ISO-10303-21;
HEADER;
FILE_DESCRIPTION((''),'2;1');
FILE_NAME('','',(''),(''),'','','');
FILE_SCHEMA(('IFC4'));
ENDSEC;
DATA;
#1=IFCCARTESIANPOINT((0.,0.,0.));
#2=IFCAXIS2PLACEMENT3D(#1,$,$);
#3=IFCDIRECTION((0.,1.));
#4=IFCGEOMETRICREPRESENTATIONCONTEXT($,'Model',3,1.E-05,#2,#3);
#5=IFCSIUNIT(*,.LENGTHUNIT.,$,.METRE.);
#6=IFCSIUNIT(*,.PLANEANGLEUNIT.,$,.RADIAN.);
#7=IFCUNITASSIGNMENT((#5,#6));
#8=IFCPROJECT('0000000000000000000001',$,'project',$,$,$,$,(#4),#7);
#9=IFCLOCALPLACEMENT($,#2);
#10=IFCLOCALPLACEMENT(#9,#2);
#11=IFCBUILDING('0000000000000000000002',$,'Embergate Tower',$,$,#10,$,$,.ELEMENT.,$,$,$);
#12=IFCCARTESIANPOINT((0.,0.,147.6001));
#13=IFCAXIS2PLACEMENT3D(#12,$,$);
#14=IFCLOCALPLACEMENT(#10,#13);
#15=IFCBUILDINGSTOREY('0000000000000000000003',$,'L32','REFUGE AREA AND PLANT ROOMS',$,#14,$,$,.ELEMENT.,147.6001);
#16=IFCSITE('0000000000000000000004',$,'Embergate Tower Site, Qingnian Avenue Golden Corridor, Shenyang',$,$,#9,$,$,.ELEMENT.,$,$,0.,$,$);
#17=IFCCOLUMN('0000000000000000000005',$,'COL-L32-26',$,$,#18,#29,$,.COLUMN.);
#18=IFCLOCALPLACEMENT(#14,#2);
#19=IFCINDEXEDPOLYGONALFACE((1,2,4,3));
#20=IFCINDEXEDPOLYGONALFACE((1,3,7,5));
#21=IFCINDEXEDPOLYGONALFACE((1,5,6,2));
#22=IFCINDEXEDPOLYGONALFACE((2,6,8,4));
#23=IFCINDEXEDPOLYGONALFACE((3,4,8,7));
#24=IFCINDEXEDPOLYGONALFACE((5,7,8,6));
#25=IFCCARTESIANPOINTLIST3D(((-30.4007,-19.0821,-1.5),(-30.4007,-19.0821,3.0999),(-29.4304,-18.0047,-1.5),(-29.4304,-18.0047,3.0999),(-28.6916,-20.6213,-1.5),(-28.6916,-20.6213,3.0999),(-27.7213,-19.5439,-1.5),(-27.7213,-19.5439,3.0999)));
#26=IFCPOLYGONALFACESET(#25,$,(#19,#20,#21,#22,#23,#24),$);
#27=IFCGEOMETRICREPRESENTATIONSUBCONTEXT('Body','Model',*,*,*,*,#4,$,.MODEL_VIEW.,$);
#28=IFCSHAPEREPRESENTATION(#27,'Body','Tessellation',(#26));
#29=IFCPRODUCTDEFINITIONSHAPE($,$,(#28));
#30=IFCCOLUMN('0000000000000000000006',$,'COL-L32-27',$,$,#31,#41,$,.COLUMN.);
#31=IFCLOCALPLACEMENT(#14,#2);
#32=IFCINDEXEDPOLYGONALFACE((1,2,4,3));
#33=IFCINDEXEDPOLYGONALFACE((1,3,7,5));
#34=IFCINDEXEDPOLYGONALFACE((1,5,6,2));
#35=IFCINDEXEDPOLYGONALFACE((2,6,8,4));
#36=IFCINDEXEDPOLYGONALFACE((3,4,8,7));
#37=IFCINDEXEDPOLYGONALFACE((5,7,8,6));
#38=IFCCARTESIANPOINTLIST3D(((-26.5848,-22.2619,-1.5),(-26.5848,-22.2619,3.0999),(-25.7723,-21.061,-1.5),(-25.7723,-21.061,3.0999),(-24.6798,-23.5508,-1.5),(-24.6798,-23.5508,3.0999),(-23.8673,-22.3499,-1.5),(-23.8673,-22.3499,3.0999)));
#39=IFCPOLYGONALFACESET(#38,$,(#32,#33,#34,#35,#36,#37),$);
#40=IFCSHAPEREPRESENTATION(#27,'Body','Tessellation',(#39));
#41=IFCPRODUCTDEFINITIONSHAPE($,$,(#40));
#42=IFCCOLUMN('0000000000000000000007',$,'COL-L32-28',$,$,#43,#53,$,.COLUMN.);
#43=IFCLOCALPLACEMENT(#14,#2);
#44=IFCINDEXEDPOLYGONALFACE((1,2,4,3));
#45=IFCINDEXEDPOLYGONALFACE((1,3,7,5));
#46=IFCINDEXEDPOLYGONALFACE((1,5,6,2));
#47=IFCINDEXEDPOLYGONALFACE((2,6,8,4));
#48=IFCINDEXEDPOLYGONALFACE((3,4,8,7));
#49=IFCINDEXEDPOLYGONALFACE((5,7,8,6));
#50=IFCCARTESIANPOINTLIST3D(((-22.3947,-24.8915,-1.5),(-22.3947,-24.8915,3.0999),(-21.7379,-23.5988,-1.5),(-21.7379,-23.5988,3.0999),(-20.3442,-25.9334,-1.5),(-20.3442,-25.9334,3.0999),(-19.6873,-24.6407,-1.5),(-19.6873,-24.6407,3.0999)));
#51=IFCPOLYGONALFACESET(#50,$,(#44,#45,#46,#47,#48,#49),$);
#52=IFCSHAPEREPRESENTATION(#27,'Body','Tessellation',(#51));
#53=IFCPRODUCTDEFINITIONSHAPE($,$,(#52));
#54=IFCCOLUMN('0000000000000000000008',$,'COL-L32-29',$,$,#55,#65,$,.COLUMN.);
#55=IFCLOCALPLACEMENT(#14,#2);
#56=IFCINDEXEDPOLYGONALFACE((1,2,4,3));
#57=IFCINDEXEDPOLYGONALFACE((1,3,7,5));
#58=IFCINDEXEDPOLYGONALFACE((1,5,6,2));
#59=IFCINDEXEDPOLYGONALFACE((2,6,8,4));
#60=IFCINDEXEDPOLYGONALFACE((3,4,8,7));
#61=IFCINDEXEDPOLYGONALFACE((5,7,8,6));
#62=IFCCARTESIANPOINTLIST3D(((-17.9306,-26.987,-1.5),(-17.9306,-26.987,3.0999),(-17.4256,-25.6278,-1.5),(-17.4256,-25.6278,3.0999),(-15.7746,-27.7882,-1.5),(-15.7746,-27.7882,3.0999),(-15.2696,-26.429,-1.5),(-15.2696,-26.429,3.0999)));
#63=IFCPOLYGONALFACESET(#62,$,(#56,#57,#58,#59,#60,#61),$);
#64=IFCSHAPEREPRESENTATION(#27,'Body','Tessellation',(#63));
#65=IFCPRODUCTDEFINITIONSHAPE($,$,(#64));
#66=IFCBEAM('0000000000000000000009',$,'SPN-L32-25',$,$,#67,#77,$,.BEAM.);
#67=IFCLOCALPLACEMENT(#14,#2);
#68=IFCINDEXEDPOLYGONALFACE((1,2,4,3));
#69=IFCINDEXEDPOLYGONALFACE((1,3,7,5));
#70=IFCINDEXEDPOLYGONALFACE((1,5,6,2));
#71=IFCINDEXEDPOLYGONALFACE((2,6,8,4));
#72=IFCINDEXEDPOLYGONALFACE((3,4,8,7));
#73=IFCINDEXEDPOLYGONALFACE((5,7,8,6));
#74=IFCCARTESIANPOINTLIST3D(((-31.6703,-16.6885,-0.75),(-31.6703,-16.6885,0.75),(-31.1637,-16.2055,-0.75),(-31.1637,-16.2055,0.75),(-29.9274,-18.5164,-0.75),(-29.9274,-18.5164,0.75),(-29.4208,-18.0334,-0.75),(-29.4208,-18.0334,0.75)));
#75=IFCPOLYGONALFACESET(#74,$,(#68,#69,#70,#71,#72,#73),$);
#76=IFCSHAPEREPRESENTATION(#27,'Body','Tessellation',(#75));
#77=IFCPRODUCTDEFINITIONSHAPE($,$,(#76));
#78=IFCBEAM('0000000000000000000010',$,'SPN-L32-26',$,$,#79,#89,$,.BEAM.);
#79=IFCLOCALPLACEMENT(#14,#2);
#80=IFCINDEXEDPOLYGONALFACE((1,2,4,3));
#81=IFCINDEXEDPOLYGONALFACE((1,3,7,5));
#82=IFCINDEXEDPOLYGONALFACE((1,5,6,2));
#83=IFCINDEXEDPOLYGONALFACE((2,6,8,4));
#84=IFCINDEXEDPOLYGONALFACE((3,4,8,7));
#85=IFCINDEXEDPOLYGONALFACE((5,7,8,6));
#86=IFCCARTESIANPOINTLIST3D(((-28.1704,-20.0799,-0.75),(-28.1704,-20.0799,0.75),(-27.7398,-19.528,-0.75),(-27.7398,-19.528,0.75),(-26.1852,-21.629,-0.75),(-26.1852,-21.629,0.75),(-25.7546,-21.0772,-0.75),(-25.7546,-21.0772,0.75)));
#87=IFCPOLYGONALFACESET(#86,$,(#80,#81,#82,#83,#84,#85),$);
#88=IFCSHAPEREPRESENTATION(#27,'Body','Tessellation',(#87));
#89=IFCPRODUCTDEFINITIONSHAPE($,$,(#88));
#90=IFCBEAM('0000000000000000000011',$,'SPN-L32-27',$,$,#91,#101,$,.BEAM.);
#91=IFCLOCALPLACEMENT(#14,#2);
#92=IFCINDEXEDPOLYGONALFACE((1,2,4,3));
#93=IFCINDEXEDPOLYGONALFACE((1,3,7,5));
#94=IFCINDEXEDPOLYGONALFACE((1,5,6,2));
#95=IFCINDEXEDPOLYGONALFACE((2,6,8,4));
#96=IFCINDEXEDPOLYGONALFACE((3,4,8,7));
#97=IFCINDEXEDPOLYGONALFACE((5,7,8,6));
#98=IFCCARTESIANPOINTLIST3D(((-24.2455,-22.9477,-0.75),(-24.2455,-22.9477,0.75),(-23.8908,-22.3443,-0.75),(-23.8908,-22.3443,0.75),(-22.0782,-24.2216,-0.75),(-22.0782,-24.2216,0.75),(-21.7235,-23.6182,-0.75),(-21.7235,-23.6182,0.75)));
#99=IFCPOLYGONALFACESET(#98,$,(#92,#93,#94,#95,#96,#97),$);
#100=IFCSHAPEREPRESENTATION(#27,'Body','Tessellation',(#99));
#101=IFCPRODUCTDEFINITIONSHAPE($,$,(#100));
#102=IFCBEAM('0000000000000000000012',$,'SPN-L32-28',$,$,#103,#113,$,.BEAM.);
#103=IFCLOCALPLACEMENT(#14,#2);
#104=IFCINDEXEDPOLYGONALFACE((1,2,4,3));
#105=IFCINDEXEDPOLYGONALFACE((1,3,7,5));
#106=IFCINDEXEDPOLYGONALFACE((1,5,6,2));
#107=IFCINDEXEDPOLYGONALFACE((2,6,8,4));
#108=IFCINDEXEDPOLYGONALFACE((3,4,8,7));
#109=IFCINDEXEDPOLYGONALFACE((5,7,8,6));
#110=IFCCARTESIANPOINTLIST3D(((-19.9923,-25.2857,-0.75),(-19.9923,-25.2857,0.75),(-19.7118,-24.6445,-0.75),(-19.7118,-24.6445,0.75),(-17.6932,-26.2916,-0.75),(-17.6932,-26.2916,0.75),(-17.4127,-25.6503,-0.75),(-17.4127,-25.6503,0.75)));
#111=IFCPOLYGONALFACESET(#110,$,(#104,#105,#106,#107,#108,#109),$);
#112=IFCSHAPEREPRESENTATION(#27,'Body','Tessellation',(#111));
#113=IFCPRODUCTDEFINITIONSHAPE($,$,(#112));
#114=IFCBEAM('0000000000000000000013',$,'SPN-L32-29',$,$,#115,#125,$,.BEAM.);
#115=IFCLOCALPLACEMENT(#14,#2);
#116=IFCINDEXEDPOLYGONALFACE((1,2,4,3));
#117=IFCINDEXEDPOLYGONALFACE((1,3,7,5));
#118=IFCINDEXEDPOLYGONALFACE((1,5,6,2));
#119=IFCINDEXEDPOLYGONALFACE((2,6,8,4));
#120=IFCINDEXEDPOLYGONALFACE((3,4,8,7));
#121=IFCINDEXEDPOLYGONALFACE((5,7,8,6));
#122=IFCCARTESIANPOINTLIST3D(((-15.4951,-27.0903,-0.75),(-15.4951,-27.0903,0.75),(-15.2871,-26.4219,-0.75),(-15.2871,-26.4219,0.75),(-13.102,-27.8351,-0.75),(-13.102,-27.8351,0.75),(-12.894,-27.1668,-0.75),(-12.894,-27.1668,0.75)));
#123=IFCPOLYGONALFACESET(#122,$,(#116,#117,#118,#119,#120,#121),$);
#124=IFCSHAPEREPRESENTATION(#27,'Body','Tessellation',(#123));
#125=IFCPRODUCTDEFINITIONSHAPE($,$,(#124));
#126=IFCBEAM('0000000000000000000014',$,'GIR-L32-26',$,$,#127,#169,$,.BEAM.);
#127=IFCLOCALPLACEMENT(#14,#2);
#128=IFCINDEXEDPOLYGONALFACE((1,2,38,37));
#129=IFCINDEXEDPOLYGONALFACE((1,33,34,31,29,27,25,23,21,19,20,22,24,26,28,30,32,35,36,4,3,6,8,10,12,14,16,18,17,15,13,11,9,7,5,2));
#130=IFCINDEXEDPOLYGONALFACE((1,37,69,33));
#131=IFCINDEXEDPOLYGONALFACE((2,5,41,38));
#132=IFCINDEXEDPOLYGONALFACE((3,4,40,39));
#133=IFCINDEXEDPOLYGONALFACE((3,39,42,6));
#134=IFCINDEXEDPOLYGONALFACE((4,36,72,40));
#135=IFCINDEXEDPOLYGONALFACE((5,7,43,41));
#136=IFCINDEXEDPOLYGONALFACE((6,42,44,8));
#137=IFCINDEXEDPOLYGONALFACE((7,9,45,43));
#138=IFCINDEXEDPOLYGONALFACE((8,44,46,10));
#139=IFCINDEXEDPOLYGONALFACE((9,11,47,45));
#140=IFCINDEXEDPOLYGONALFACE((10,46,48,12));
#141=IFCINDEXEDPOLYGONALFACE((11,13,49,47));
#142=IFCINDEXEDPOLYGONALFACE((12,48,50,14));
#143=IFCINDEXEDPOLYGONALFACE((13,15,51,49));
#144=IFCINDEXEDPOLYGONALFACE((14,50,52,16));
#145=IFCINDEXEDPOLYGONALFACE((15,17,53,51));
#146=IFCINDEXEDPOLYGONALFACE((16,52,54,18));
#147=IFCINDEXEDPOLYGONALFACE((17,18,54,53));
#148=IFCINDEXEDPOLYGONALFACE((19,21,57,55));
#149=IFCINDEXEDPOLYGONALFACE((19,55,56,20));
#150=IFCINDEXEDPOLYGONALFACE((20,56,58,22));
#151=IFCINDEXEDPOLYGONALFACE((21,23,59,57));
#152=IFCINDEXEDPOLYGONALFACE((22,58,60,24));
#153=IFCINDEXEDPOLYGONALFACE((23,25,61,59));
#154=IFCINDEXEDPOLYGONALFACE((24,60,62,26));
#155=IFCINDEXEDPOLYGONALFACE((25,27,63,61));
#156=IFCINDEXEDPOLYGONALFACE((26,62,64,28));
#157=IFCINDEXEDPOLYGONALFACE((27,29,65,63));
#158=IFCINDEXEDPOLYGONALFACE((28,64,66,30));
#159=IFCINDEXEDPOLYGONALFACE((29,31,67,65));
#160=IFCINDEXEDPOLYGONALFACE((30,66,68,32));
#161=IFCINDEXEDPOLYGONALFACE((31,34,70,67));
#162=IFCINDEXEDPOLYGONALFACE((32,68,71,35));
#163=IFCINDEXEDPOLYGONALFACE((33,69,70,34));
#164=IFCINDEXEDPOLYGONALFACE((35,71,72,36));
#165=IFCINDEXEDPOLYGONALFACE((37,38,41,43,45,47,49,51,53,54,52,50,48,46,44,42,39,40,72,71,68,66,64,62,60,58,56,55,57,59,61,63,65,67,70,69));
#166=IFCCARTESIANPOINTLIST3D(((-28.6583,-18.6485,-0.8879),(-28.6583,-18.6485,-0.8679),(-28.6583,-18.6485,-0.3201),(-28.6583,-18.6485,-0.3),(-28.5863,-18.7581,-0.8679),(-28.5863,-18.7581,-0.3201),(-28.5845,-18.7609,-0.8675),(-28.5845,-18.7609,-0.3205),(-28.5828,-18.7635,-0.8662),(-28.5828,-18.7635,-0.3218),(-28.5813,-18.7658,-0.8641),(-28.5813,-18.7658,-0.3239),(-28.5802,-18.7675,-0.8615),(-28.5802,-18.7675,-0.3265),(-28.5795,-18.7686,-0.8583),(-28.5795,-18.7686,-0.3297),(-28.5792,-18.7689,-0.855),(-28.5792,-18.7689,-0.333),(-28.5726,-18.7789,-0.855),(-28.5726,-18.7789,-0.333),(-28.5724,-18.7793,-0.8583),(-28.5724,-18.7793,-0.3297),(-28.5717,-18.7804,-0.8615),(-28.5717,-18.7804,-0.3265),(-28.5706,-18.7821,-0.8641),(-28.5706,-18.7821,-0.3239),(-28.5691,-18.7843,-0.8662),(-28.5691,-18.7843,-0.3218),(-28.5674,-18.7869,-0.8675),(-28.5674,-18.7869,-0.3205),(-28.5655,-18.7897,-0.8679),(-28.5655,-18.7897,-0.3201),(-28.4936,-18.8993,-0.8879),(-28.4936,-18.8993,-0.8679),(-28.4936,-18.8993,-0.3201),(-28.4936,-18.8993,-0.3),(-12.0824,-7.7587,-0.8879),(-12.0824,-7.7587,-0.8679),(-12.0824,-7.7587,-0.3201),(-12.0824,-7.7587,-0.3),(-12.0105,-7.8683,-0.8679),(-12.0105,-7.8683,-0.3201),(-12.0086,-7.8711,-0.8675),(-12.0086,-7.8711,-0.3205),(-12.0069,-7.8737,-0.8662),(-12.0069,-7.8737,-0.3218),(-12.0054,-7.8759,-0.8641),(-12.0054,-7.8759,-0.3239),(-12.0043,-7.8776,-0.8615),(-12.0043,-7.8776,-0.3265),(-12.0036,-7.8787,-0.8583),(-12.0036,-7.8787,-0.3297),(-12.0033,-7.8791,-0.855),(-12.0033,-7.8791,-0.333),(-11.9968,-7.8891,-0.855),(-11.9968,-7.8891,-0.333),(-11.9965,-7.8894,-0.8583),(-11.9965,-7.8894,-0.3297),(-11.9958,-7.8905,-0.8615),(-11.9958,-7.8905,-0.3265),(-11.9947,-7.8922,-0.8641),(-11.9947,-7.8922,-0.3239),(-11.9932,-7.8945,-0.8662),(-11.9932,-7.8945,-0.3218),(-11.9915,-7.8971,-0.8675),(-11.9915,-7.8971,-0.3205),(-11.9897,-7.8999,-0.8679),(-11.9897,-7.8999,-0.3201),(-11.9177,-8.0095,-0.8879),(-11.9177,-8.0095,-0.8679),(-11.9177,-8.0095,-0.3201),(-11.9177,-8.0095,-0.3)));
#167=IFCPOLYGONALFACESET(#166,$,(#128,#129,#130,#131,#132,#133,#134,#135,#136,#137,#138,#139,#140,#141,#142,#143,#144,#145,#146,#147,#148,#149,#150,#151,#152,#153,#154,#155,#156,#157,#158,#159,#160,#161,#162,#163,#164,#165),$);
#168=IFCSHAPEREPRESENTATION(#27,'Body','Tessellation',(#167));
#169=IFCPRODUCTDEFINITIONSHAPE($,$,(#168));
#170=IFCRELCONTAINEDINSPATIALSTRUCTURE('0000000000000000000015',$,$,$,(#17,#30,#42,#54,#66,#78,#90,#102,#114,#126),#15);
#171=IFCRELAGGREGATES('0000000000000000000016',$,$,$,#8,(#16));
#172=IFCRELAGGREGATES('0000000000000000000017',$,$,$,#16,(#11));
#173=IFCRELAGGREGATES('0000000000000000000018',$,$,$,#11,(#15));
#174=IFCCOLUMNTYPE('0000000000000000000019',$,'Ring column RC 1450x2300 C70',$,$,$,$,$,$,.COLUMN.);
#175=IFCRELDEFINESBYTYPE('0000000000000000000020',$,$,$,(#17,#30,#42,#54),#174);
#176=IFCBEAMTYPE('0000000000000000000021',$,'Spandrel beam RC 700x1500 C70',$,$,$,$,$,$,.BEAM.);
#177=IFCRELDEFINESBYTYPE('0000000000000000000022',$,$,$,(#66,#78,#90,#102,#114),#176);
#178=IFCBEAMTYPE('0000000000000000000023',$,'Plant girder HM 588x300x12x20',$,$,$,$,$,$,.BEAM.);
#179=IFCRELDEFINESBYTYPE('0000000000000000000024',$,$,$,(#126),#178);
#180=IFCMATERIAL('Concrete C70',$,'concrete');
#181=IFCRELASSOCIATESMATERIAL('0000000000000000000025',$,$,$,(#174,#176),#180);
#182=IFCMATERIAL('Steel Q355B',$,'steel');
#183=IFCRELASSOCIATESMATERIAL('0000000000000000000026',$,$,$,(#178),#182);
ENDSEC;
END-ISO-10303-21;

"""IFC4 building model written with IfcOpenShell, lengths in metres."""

from ifc_helpers import new_model, si_unit, direction, frame, origin, origin_2d, place, context, subcontext, project, spatial, rectangle, i_section, extrude, source, transform, mapped, material, material_profile, profile_set, type_object, element, save


model = new_model("IFC4")

# Units and contexts
model_context = context("Model", 3, precision=1e-05, world=origin(), true_north=direction((0.0, 1.0)))
body_context = subcontext(model_context, "Body", "Model", "MODEL_VIEW")
ifc_project = project(units=[si_unit("LENGTHUNIT", "METRE"), si_unit("PLANEANGLEUNIT", "RADIAN")], contexts=[model_context])

# Site, building, storey
site_placement = place(None, origin())
site = spatial("IfcSite", under=ifc_project, at=site_placement, Name="Embergate Tower Site, Qingnian Avenue Golden Corridor, Shenyang", CompositionType="ELEMENT", RefElevation=0.0)
building_placement = place(site_placement, origin())
building = spatial("IfcBuilding", under=site, at=building_placement, Name="Embergate Tower", CompositionType="ELEMENT")
storey_placement = place(building_placement, frame((0.0, 0.0, 147.6001)))
storey = spatial("IfcBuildingStorey", under=building, at=storey_placement, Name="L32", Description="REFUGE AREA AND PLANT ROOMS", CompositionType="ELEMENT", Elevation=147.6001)

# Columns
ifc_material_1 = material(Name="Concrete C70", Category="concrete")
ifc_material_profile_1 = material_profile(ifc_material_1, rectangle(XDim=1.45, YDim=2.3, at=origin_2d()), Name="RC 1450x2300")
ifc_profile_set_1 = profile_set([ifc_material_profile_1], Name="Concrete C70")
column_type = type_object("IfcColumnType", Name="Ring column RC 1450x2300 C70", PredefinedType="COLUMN", material=ifc_profile_set_1)
shared_shape_1 = source(origin(), body_context, "Body", "SweptSolid", [
    extrude(rectangle(XDim=1.45, YDim=2.3, at=origin_2d()), origin(), (0.0, 0.0, 1.0), 4.5999),
])
for number, where, z_axis, x_axis, name in (
    (1, (-29.061, -19.313, -1.5), (0.0, 0.0, 1.0), (-0.669208, -0.743075, 0.0), "COL-L32-26"),
    (2, (-25.2261, -22.3059, -1.5), (0.0, 0.0, 1.0), (-0.560379, -0.828236, 0.0), "COL-L32-27"),
    (3, (-21.041, -24.7661, -1.5), (0.0, 0.0, 1.0), (-0.452995, -0.891513, 0.0), "COL-L32-28"),
    (4, (-16.6001, -26.708, -1.5), (0.0, 0.0, 1.0), (-0.348343, -0.937367, 0.0), "COL-L32-29"),
):
    element("IfcColumn", number, at=place(storey_placement, frame(where, z_axis=z_axis, x_axis=x_axis)), inside=storey, type_object=column_type, Name=name, PredefinedType="COLUMN", context=body_context, shape_type="MappedRepresentation", body=[
        mapped(shared_shape_1, transform((0.0, 0.0, 0.0))),
    ])

# Beams
ifc_material_profile_2 = material_profile(ifc_material_1, rectangle(XDim=0.7, YDim=1.5, at=origin_2d()), Name="RC 700x1500")
ifc_profile_set_2 = profile_set([ifc_material_profile_2], Name="Concrete C70")
beam_type_1 = type_object("IfcBeamType", Name="Spandrel beam RC 700x1500 C70", PredefinedType="BEAM", material=ifc_profile_set_2)
shared_shape_2 = source(origin(), body_context, "Body", "SweptSolid", [
    extrude(rectangle(XDim=0.7, YDim=1.5, at=origin_2d()), origin(), (0.0, 0.0, 1.0), 2.5256),
])
beam_1_placement = place(storey_placement, frame((-31.417, -16.447, 0.0), z_axis=(0.690087, -0.723726, 0.0), x_axis=(0.723726, 0.690087, 0.0)))
element("IfcBeam", 5, at=beam_1_placement, inside=storey, type_object=beam_type_1, Name="SPN-L32-25", PredefinedType="BEAM", context=body_context, shape_type="MappedRepresentation", body=[
    mapped(shared_shape_2, transform((0.0, 0.0, 0.0))),
])
shared_shape_3 = source(origin(), body_context, "Body", "SweptSolid", [
    extrude(rectangle(XDim=0.7, YDim=1.5, at=origin_2d()), origin(), (0.0, 0.0, 1.0), 2.5181),
])
beam_2_placement = place(storey_placement, frame((-27.9551, -19.804, 0.0), z_axis=(0.78837, -0.615202, 0.0), x_axis=(0.615202, 0.78837, 0.0)))
element("IfcBeam", 6, at=beam_2_placement, inside=storey, type_object=beam_type_1, Name="SPN-L32-26", PredefinedType="BEAM", context=body_context, shape_type="MappedRepresentation", body=[
    mapped(shared_shape_3, transform((0.0, 0.0, 0.0))),
])
shared_shape_4 = source(origin(), body_context, "Body", "SweptSolid", [
    extrude(rectangle(XDim=0.7, YDim=1.5, at=origin_2d()), origin(), (0.0, 0.0, 1.0), 2.5139),
])
beam_3_placement = place(storey_placement, frame((-24.0681, -22.646, 0.0), z_axis=(0.862094, -0.506748, 0.0), x_axis=(0.506748, 0.862094, 0.0)))
element("IfcBeam", 7, at=beam_3_placement, inside=storey, type_object=beam_type_1, Name="SPN-L32-27", PredefinedType="BEAM", context=body_context, shape_type="MappedRepresentation", body=[
    mapped(shared_shape_4, transform((0.0, 0.0, 0.0))),
])
shared_shape_5 = source(origin(), body_context, "Body", "SweptSolid", [
    extrude(rectangle(XDim=0.7, YDim=1.5, at=origin_2d()), origin(), (0.0, 0.0, 1.0), 2.5095),
])
beam_4_placement = place(storey_placement, frame((-19.8521, -24.9651, 0.0), z_axis=(0.916155, -0.400824, 0.0), x_axis=(0.400824, 0.916155, 0.0)))
element("IfcBeam", 8, at=beam_4_placement, inside=storey, type_object=beam_type_1, Name="SPN-L32-28", PredefinedType="BEAM", context=body_context, shape_type="MappedRepresentation", body=[
    mapped(shared_shape_5, transform((0.0, 0.0, 0.0))),
])
shared_shape_6 = source(origin(), body_context, "Body", "SweptSolid", [
    extrude(rectangle(XDim=0.7, YDim=1.5, at=origin_2d()), origin(), (0.0, 0.0, 1.0), 2.5063),
])
beam_5_placement = place(storey_placement, frame((-15.3911, -26.7561, 0.0), z_axis=(0.954816, -0.297199, 0.0), x_axis=(0.297199, 0.954816, 0.0)))
element("IfcBeam", 9, at=beam_5_placement, inside=storey, type_object=beam_type_1, Name="SPN-L32-29", PredefinedType="BEAM", context=body_context, shape_type="MappedRepresentation", body=[
    mapped(shared_shape_6, transform((0.0, 0.0, 0.0))),
])
ifc_material_2 = material(Name="Steel Q355B", Category="steel")
ifc_material_profile_3 = material_profile(ifc_material_2, i_section(OverallWidth=0.3, OverallDepth=0.5879, WebThickness=0.012, FlangeThickness=0.02, FilletRadius=0.0129, at=origin_2d()), Name="HM 588x300x12x20")
ifc_profile_set_3 = profile_set([ifc_material_profile_3], Name="Steel Q355 grade B")
beam_type_2 = type_object("IfcBeamType", Name="Plant girder HM 588x300x12x20", PredefinedType="BEAM", material=ifc_profile_set_3)
shared_shape_7 = source(origin(), body_context, "Body", "SweptSolid", [
    extrude(i_section(OverallWidth=0.3, OverallDepth=0.5879, WebThickness=0.012, FlangeThickness=0.02, FilletRadius=0.0129, at=origin_2d()), origin(), (0.0, 0.0, 1.0), 19.833),
])
beam_6_placement = place(storey_placement, frame((-28.5759, -18.7739, -0.594), z_axis=(0.835772, 0.549077, 0.0), x_axis=(-0.549077, 0.835772, 0.0)))
element("IfcBeam", 10, at=beam_6_placement, inside=storey, type_object=beam_type_2, Name="GIR-L32-26", PredefinedType="BEAM", context=body_context, shape_type="MappedRepresentation", body=[
    mapped(shared_shape_7, transform((0.0, 0.0, 0.0))),
])

save(model, "model.ifc")
